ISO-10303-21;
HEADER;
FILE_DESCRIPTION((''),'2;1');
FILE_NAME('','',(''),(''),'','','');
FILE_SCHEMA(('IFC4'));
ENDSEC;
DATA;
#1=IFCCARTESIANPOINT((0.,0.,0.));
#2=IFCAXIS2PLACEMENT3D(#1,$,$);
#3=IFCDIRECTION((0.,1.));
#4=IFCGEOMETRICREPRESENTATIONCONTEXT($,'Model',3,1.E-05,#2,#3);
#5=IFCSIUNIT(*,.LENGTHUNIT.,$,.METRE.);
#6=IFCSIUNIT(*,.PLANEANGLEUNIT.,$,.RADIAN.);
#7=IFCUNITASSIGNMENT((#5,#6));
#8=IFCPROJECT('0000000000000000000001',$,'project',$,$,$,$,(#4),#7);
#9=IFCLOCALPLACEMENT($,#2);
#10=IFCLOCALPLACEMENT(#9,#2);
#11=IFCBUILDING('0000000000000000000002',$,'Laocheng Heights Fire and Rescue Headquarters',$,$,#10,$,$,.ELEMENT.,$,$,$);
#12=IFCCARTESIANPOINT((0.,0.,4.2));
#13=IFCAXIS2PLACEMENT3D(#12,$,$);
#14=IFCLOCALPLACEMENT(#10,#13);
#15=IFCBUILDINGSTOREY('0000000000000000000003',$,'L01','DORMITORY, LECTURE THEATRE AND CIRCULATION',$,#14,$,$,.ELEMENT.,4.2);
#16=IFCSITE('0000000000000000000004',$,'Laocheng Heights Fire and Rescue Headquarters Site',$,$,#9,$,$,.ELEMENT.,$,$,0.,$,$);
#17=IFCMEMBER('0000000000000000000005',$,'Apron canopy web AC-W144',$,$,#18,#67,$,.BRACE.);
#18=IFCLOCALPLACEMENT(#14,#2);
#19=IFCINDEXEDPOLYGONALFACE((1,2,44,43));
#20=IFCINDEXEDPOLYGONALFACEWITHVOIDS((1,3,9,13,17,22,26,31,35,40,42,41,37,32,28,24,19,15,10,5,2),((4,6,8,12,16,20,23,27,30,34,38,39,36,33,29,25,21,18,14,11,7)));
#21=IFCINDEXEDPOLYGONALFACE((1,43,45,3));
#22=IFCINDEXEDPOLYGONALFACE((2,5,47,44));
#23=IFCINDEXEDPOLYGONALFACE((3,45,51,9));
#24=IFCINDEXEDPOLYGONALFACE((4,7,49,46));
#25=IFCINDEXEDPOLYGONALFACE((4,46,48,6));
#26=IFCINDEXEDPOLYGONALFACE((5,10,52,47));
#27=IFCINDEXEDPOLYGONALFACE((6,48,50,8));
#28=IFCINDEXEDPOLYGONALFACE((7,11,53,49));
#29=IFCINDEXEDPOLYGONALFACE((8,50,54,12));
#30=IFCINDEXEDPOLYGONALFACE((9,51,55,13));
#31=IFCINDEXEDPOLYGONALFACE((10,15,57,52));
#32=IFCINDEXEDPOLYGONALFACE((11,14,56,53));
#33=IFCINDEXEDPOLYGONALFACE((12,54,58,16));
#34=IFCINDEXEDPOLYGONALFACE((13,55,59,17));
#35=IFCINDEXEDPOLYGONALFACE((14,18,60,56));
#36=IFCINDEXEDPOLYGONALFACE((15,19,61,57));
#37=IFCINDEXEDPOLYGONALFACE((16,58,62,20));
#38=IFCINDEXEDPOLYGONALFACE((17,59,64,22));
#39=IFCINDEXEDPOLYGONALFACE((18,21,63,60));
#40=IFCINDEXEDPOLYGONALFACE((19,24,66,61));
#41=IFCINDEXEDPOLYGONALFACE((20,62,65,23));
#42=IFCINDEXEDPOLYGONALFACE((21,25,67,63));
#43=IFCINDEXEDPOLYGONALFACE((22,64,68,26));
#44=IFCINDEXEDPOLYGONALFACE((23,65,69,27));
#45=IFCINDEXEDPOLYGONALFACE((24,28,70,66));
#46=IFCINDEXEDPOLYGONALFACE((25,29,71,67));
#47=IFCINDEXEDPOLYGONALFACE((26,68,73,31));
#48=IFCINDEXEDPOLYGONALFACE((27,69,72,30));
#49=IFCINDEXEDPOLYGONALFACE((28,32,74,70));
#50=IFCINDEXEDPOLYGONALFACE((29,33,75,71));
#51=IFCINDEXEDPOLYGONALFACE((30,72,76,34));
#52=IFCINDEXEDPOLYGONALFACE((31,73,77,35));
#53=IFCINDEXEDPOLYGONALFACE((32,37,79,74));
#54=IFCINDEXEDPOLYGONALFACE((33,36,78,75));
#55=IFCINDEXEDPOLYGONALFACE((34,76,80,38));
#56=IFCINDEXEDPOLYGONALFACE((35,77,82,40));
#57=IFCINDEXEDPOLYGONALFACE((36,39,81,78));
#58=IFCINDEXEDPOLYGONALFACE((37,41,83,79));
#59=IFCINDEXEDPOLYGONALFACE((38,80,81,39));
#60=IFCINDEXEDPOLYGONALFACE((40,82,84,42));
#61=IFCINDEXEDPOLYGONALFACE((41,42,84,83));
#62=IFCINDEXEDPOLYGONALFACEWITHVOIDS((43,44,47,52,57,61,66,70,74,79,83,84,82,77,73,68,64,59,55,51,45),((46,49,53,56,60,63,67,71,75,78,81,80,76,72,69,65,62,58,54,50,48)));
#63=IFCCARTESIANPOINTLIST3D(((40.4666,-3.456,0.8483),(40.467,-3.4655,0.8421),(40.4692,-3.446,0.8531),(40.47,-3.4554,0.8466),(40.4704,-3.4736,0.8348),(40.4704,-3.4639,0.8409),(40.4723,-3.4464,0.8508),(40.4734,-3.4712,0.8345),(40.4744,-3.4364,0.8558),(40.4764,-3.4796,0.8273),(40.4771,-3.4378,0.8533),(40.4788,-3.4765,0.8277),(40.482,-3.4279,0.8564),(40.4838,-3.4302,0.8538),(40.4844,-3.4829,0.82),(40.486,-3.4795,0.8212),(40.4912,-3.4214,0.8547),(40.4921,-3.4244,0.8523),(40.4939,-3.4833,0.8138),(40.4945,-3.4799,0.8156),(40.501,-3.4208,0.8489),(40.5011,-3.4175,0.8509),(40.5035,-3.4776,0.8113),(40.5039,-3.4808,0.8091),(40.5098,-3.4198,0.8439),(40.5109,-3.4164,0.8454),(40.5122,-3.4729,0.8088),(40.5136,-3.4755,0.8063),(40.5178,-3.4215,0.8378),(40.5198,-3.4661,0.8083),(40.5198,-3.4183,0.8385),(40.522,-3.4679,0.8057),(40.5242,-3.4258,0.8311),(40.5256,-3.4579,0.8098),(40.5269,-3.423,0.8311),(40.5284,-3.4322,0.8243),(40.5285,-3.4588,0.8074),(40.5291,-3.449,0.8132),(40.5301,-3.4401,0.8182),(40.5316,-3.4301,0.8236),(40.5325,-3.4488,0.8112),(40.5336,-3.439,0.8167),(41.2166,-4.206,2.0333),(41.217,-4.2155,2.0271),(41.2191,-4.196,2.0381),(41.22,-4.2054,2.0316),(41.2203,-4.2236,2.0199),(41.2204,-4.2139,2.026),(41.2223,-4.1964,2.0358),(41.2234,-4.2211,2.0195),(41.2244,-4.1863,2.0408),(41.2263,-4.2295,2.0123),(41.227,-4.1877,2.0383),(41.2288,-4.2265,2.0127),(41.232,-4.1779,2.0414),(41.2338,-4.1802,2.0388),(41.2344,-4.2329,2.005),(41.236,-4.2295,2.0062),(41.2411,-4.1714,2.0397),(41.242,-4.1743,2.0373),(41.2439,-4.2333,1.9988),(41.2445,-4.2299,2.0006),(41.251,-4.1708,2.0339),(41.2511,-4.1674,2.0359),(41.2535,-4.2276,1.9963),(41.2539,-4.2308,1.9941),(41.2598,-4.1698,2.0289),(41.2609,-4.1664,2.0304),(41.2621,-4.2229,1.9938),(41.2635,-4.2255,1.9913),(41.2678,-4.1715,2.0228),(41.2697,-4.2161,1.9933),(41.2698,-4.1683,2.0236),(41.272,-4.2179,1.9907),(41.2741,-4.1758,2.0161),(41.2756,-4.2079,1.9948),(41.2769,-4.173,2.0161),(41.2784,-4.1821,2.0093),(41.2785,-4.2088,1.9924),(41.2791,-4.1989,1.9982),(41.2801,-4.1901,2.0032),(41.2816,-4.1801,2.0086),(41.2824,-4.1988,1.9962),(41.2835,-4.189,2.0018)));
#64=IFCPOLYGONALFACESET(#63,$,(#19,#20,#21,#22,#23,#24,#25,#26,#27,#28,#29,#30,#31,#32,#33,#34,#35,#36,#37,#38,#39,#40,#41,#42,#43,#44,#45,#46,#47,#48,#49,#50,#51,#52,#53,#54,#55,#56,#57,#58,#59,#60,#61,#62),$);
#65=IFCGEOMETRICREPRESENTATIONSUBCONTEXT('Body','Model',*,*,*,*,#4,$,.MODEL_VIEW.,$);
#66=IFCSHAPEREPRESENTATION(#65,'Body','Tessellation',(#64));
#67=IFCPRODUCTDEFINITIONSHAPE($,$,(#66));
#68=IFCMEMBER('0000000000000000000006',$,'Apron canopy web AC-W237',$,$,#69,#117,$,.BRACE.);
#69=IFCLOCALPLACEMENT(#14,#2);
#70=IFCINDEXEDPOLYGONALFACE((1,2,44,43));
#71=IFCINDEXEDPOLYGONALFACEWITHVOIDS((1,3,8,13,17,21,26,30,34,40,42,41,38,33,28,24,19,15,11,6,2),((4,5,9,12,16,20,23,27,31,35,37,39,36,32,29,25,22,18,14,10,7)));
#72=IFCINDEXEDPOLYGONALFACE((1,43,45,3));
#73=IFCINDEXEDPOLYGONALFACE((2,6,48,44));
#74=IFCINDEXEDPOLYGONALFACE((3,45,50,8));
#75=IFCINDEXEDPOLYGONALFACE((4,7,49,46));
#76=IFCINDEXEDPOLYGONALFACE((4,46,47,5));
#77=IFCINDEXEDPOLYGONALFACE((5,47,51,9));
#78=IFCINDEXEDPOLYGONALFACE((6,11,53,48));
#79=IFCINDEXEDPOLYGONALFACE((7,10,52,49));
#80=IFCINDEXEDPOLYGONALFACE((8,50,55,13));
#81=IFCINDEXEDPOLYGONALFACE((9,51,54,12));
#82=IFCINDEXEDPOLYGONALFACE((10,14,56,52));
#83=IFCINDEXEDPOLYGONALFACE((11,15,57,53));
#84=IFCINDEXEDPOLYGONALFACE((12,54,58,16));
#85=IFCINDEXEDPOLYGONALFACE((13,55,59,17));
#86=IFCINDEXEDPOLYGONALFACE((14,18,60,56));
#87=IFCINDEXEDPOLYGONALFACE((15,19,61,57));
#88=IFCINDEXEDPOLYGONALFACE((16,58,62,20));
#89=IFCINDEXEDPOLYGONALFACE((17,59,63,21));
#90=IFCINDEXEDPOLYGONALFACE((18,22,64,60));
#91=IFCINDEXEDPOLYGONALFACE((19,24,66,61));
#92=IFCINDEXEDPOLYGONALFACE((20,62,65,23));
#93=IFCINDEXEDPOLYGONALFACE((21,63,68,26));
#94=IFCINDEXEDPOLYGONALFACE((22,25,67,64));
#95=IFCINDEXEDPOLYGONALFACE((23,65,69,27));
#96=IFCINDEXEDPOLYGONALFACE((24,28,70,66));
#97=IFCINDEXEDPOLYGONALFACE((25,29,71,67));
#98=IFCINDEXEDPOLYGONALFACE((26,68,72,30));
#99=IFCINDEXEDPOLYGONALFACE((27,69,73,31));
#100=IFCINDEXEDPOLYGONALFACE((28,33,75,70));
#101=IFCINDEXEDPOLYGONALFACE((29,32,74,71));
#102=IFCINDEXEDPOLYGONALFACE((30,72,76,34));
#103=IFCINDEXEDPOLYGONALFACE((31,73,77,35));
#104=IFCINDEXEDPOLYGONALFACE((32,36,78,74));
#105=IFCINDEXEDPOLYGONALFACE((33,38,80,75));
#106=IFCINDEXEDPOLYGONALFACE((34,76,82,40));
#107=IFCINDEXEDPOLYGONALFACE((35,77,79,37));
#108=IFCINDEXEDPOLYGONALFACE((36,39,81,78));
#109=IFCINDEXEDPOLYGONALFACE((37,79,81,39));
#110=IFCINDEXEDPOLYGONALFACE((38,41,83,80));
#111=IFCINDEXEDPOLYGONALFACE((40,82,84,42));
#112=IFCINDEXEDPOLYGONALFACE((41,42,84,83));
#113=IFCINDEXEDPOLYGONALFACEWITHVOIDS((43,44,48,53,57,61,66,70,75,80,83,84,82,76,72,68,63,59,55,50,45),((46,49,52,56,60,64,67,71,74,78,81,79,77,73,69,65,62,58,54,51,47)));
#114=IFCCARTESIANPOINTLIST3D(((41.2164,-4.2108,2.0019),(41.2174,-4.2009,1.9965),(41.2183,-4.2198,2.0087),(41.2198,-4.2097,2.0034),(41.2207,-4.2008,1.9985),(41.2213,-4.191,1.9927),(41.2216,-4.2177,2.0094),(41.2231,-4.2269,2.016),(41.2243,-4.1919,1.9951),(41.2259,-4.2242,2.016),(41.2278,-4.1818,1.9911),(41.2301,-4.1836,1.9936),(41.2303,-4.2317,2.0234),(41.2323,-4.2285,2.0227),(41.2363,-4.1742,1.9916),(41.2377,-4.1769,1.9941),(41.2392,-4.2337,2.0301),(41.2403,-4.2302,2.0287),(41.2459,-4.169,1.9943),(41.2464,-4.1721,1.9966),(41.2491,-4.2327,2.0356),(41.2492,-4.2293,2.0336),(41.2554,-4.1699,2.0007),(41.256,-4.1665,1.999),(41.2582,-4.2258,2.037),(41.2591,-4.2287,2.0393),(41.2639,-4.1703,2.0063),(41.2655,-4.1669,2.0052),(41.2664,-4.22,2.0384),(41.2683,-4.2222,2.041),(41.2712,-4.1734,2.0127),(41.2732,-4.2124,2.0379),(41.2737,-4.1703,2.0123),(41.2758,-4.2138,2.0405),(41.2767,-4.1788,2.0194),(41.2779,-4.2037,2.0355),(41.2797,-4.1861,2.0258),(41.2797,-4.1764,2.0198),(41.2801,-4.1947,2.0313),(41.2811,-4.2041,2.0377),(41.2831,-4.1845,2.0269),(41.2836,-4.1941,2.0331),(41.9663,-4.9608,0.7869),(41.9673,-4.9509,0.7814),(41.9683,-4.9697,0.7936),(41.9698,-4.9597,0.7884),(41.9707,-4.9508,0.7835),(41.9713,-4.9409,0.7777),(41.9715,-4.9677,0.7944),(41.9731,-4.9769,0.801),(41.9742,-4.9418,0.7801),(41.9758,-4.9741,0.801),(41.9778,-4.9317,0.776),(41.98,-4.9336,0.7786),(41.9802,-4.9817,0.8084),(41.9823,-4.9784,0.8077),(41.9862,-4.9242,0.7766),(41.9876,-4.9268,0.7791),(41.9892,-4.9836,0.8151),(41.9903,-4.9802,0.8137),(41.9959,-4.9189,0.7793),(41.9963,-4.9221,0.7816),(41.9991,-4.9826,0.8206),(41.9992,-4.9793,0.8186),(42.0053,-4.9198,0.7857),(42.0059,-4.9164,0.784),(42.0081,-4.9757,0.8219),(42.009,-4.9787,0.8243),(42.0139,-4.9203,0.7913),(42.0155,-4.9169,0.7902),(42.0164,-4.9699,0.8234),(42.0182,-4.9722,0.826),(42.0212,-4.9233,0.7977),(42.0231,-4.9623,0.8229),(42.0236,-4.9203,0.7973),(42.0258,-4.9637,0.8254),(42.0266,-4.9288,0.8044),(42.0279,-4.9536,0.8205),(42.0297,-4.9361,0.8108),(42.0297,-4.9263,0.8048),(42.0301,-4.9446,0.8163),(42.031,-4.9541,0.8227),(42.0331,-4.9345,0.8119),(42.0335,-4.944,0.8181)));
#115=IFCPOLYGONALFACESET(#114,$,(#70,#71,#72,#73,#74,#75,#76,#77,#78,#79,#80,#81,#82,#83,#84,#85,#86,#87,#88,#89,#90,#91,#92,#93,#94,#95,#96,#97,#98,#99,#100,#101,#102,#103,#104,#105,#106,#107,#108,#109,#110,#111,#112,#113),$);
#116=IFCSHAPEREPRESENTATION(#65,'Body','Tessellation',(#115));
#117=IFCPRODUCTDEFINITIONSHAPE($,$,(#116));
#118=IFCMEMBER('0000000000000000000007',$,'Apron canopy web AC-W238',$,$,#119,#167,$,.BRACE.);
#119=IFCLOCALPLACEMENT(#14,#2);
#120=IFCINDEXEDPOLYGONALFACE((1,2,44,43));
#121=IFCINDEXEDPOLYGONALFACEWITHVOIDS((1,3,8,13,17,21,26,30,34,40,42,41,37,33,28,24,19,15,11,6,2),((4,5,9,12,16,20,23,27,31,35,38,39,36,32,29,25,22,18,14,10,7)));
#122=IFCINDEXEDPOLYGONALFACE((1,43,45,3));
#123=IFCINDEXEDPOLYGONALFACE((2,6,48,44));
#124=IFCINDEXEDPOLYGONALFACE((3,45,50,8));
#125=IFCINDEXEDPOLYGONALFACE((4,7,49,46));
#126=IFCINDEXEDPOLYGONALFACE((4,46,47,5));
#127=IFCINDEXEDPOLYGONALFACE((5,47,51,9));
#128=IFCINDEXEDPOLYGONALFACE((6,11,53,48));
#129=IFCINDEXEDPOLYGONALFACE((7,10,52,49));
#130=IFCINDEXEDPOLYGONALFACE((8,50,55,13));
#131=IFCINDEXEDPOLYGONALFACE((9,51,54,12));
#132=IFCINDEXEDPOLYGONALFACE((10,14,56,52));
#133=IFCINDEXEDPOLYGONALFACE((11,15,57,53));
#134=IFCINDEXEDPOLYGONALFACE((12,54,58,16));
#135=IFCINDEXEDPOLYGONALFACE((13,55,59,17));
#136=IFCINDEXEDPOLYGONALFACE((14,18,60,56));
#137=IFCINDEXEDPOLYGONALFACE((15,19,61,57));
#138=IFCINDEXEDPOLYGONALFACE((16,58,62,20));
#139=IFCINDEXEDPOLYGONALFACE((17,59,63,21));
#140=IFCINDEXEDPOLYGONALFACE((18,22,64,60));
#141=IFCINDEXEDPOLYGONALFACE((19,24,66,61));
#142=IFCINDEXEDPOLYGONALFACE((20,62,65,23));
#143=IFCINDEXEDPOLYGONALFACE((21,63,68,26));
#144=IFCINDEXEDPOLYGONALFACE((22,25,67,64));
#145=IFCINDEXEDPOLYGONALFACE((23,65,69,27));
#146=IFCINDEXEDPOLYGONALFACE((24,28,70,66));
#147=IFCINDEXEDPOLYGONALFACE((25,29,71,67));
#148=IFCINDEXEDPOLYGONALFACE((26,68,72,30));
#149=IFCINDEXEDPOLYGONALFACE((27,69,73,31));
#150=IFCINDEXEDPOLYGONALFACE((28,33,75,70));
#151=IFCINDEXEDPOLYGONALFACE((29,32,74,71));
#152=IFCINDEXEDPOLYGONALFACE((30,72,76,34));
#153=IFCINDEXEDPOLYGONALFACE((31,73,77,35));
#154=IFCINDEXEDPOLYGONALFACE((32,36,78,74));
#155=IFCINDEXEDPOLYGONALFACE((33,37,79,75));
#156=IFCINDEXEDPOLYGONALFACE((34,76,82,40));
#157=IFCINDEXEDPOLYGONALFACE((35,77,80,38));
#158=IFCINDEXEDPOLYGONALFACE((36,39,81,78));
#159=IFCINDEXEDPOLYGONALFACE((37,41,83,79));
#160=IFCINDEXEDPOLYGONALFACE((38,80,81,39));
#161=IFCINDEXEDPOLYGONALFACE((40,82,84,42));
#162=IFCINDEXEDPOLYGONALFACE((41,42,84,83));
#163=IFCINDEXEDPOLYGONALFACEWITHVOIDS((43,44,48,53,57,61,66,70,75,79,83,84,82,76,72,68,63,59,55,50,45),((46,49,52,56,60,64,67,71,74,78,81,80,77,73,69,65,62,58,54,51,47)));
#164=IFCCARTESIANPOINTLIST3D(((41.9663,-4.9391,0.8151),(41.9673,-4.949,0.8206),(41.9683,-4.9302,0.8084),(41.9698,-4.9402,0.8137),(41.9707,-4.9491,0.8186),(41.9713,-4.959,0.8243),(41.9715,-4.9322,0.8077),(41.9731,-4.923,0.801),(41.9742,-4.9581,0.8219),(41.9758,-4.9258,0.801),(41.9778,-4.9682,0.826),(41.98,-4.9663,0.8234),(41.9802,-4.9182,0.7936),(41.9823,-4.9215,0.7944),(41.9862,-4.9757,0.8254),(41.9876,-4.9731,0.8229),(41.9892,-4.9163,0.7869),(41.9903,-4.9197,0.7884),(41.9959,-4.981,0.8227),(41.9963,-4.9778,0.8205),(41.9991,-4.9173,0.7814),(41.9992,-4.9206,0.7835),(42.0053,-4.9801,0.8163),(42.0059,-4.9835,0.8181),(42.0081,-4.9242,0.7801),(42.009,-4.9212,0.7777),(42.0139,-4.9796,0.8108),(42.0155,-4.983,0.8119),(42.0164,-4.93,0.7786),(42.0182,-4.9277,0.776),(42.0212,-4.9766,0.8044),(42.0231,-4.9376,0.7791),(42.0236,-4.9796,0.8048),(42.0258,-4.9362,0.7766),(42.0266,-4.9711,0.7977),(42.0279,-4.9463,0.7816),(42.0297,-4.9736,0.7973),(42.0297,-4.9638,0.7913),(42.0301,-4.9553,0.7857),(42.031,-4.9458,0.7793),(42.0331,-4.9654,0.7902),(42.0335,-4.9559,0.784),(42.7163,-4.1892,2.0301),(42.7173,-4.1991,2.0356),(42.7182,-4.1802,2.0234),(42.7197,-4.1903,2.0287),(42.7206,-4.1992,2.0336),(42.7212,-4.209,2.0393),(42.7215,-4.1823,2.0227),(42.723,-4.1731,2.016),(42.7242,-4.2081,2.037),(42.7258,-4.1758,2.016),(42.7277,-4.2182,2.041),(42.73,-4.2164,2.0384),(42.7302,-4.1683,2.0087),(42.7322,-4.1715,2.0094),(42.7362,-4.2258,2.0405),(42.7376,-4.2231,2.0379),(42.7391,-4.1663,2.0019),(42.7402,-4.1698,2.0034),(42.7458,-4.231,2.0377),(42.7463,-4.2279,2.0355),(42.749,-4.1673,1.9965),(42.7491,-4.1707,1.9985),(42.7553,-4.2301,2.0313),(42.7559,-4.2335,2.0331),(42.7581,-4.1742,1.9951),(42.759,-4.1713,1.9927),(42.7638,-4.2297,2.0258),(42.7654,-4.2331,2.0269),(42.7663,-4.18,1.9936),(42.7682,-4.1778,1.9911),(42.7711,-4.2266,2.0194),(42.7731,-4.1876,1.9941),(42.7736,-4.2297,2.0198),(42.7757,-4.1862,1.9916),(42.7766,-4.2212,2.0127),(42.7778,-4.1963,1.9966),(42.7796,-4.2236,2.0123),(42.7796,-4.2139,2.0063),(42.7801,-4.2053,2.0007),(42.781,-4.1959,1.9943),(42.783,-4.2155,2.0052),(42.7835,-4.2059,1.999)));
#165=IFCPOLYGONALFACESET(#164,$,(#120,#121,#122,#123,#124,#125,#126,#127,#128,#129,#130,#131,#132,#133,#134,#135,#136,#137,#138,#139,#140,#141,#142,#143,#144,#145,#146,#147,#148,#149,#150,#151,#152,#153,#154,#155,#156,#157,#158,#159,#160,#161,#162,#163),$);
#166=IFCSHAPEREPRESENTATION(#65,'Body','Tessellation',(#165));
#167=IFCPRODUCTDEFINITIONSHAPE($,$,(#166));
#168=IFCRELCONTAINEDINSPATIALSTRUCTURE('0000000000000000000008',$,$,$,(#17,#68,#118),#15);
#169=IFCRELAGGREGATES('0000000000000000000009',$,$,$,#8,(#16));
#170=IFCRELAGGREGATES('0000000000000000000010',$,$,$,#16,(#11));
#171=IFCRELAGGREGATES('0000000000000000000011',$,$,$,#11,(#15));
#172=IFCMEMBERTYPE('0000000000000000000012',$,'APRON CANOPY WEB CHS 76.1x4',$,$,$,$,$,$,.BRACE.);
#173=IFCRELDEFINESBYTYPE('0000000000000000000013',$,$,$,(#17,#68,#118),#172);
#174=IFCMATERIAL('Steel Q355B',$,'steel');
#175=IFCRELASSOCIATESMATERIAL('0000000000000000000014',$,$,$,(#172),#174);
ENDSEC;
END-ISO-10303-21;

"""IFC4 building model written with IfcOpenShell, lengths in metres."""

from ifc_helpers import new_model, si_unit, direction, frame, origin, origin_2d, place, context, subcontext, project, spatial, hollow_circle, extrude, material, material_profile, profile_set, type_object, element, save


model = new_model("IFC4")

# Units and contexts
model_context = context("Model", 3, precision=1e-05, world=origin(), true_north=direction((0.0, 1.0)))
body_context = subcontext(model_context, "Body", "Model", "MODEL_VIEW")
ifc_project = project(units=[si_unit("LENGTHUNIT", "METRE"), si_unit("PLANEANGLEUNIT", "RADIAN")], contexts=[model_context])

# Site, building, storey
site_placement = place(None, origin())
site = spatial("IfcSite", under=ifc_project, at=site_placement, Name="Laocheng Heights Fire and Rescue Headquarters Site", CompositionType="ELEMENT", RefElevation=0.0)
building_placement = place(site_placement, origin())
building = spatial("IfcBuilding", under=site, at=building_placement, Name="Laocheng Heights Fire and Rescue Headquarters", CompositionType="ELEMENT")
storey_placement = place(building_placement, frame((0.0, 0.0, 4.2)))
storey = spatial("IfcBuildingStorey", under=building, at=storey_placement, Name="L01", Description="DORMITORY, LECTURE THEATRE AND CIRCULATION", CompositionType="ELEMENT", Elevation=4.2)

# Members
ifc_material_1 = material(Name="Steel Q355B", Category="steel")
ifc_material_profile_1 = material_profile(ifc_material_1, hollow_circle(Radius=0.0381, WallThickness=0.0039, at=origin_2d()), Name="CHS 76.1x4")
ifc_profile_set_1 = profile_set([ifc_material_profile_1], Name="Steel Q355B")
member_type_1 = type_object("IfcMemberType", Name="APRON CANOPY WEB CHS 76.1x4", PredefinedType="BRACE", material=ifc_profile_set_1)
for number, where, z_axis, x_axis, name in (
    (1, (40.5, -3.45, 0.8311), (0.47158, -0.47158, 0.745134), (0.707107, 0.707107, 0.0), "Apron canopy web AC-W144"),
):
    element("IfcMember", number, at=place(storey_placement, frame(where, z_axis=z_axis, x_axis=x_axis)), inside=storey, type_object=member_type_1, Name=name, PredefinedType="BRACE", context=body_context, shape_type="SweptSolid", body=[
        extrude(hollow_circle(Radius=0.0381, WallThickness=0.0039, at=origin_2d()), origin(), (0.0, 0.0, 1.0), 1.5903),
    ])
for number, where, z_axis, x_axis, name in (
    (2, (42.0, -4.95, 0.801), (-0.465002, 0.465002, 0.753357), (-0.707107, -0.707107, 0.0), "Apron canopy web AC-W237"),
    (3, (42.0, -4.95, 0.801), (0.465002, 0.465002, 0.753357), (-0.707107, 0.707107, 0.0), "Apron canopy web AC-W238"),
):
    element("IfcMember", number, at=place(storey_placement, frame(where, z_axis=z_axis, x_axis=x_axis)), inside=storey, type_object=member_type_1, Name=name, PredefinedType="BRACE", context=body_context, shape_type="SweptSolid", body=[
        extrude(hollow_circle(Radius=0.0381, WallThickness=0.0039, at=origin_2d()), origin(), (0.0, 0.0, 1.0), 1.6128),
    ])

save(model, "model.ifc")
